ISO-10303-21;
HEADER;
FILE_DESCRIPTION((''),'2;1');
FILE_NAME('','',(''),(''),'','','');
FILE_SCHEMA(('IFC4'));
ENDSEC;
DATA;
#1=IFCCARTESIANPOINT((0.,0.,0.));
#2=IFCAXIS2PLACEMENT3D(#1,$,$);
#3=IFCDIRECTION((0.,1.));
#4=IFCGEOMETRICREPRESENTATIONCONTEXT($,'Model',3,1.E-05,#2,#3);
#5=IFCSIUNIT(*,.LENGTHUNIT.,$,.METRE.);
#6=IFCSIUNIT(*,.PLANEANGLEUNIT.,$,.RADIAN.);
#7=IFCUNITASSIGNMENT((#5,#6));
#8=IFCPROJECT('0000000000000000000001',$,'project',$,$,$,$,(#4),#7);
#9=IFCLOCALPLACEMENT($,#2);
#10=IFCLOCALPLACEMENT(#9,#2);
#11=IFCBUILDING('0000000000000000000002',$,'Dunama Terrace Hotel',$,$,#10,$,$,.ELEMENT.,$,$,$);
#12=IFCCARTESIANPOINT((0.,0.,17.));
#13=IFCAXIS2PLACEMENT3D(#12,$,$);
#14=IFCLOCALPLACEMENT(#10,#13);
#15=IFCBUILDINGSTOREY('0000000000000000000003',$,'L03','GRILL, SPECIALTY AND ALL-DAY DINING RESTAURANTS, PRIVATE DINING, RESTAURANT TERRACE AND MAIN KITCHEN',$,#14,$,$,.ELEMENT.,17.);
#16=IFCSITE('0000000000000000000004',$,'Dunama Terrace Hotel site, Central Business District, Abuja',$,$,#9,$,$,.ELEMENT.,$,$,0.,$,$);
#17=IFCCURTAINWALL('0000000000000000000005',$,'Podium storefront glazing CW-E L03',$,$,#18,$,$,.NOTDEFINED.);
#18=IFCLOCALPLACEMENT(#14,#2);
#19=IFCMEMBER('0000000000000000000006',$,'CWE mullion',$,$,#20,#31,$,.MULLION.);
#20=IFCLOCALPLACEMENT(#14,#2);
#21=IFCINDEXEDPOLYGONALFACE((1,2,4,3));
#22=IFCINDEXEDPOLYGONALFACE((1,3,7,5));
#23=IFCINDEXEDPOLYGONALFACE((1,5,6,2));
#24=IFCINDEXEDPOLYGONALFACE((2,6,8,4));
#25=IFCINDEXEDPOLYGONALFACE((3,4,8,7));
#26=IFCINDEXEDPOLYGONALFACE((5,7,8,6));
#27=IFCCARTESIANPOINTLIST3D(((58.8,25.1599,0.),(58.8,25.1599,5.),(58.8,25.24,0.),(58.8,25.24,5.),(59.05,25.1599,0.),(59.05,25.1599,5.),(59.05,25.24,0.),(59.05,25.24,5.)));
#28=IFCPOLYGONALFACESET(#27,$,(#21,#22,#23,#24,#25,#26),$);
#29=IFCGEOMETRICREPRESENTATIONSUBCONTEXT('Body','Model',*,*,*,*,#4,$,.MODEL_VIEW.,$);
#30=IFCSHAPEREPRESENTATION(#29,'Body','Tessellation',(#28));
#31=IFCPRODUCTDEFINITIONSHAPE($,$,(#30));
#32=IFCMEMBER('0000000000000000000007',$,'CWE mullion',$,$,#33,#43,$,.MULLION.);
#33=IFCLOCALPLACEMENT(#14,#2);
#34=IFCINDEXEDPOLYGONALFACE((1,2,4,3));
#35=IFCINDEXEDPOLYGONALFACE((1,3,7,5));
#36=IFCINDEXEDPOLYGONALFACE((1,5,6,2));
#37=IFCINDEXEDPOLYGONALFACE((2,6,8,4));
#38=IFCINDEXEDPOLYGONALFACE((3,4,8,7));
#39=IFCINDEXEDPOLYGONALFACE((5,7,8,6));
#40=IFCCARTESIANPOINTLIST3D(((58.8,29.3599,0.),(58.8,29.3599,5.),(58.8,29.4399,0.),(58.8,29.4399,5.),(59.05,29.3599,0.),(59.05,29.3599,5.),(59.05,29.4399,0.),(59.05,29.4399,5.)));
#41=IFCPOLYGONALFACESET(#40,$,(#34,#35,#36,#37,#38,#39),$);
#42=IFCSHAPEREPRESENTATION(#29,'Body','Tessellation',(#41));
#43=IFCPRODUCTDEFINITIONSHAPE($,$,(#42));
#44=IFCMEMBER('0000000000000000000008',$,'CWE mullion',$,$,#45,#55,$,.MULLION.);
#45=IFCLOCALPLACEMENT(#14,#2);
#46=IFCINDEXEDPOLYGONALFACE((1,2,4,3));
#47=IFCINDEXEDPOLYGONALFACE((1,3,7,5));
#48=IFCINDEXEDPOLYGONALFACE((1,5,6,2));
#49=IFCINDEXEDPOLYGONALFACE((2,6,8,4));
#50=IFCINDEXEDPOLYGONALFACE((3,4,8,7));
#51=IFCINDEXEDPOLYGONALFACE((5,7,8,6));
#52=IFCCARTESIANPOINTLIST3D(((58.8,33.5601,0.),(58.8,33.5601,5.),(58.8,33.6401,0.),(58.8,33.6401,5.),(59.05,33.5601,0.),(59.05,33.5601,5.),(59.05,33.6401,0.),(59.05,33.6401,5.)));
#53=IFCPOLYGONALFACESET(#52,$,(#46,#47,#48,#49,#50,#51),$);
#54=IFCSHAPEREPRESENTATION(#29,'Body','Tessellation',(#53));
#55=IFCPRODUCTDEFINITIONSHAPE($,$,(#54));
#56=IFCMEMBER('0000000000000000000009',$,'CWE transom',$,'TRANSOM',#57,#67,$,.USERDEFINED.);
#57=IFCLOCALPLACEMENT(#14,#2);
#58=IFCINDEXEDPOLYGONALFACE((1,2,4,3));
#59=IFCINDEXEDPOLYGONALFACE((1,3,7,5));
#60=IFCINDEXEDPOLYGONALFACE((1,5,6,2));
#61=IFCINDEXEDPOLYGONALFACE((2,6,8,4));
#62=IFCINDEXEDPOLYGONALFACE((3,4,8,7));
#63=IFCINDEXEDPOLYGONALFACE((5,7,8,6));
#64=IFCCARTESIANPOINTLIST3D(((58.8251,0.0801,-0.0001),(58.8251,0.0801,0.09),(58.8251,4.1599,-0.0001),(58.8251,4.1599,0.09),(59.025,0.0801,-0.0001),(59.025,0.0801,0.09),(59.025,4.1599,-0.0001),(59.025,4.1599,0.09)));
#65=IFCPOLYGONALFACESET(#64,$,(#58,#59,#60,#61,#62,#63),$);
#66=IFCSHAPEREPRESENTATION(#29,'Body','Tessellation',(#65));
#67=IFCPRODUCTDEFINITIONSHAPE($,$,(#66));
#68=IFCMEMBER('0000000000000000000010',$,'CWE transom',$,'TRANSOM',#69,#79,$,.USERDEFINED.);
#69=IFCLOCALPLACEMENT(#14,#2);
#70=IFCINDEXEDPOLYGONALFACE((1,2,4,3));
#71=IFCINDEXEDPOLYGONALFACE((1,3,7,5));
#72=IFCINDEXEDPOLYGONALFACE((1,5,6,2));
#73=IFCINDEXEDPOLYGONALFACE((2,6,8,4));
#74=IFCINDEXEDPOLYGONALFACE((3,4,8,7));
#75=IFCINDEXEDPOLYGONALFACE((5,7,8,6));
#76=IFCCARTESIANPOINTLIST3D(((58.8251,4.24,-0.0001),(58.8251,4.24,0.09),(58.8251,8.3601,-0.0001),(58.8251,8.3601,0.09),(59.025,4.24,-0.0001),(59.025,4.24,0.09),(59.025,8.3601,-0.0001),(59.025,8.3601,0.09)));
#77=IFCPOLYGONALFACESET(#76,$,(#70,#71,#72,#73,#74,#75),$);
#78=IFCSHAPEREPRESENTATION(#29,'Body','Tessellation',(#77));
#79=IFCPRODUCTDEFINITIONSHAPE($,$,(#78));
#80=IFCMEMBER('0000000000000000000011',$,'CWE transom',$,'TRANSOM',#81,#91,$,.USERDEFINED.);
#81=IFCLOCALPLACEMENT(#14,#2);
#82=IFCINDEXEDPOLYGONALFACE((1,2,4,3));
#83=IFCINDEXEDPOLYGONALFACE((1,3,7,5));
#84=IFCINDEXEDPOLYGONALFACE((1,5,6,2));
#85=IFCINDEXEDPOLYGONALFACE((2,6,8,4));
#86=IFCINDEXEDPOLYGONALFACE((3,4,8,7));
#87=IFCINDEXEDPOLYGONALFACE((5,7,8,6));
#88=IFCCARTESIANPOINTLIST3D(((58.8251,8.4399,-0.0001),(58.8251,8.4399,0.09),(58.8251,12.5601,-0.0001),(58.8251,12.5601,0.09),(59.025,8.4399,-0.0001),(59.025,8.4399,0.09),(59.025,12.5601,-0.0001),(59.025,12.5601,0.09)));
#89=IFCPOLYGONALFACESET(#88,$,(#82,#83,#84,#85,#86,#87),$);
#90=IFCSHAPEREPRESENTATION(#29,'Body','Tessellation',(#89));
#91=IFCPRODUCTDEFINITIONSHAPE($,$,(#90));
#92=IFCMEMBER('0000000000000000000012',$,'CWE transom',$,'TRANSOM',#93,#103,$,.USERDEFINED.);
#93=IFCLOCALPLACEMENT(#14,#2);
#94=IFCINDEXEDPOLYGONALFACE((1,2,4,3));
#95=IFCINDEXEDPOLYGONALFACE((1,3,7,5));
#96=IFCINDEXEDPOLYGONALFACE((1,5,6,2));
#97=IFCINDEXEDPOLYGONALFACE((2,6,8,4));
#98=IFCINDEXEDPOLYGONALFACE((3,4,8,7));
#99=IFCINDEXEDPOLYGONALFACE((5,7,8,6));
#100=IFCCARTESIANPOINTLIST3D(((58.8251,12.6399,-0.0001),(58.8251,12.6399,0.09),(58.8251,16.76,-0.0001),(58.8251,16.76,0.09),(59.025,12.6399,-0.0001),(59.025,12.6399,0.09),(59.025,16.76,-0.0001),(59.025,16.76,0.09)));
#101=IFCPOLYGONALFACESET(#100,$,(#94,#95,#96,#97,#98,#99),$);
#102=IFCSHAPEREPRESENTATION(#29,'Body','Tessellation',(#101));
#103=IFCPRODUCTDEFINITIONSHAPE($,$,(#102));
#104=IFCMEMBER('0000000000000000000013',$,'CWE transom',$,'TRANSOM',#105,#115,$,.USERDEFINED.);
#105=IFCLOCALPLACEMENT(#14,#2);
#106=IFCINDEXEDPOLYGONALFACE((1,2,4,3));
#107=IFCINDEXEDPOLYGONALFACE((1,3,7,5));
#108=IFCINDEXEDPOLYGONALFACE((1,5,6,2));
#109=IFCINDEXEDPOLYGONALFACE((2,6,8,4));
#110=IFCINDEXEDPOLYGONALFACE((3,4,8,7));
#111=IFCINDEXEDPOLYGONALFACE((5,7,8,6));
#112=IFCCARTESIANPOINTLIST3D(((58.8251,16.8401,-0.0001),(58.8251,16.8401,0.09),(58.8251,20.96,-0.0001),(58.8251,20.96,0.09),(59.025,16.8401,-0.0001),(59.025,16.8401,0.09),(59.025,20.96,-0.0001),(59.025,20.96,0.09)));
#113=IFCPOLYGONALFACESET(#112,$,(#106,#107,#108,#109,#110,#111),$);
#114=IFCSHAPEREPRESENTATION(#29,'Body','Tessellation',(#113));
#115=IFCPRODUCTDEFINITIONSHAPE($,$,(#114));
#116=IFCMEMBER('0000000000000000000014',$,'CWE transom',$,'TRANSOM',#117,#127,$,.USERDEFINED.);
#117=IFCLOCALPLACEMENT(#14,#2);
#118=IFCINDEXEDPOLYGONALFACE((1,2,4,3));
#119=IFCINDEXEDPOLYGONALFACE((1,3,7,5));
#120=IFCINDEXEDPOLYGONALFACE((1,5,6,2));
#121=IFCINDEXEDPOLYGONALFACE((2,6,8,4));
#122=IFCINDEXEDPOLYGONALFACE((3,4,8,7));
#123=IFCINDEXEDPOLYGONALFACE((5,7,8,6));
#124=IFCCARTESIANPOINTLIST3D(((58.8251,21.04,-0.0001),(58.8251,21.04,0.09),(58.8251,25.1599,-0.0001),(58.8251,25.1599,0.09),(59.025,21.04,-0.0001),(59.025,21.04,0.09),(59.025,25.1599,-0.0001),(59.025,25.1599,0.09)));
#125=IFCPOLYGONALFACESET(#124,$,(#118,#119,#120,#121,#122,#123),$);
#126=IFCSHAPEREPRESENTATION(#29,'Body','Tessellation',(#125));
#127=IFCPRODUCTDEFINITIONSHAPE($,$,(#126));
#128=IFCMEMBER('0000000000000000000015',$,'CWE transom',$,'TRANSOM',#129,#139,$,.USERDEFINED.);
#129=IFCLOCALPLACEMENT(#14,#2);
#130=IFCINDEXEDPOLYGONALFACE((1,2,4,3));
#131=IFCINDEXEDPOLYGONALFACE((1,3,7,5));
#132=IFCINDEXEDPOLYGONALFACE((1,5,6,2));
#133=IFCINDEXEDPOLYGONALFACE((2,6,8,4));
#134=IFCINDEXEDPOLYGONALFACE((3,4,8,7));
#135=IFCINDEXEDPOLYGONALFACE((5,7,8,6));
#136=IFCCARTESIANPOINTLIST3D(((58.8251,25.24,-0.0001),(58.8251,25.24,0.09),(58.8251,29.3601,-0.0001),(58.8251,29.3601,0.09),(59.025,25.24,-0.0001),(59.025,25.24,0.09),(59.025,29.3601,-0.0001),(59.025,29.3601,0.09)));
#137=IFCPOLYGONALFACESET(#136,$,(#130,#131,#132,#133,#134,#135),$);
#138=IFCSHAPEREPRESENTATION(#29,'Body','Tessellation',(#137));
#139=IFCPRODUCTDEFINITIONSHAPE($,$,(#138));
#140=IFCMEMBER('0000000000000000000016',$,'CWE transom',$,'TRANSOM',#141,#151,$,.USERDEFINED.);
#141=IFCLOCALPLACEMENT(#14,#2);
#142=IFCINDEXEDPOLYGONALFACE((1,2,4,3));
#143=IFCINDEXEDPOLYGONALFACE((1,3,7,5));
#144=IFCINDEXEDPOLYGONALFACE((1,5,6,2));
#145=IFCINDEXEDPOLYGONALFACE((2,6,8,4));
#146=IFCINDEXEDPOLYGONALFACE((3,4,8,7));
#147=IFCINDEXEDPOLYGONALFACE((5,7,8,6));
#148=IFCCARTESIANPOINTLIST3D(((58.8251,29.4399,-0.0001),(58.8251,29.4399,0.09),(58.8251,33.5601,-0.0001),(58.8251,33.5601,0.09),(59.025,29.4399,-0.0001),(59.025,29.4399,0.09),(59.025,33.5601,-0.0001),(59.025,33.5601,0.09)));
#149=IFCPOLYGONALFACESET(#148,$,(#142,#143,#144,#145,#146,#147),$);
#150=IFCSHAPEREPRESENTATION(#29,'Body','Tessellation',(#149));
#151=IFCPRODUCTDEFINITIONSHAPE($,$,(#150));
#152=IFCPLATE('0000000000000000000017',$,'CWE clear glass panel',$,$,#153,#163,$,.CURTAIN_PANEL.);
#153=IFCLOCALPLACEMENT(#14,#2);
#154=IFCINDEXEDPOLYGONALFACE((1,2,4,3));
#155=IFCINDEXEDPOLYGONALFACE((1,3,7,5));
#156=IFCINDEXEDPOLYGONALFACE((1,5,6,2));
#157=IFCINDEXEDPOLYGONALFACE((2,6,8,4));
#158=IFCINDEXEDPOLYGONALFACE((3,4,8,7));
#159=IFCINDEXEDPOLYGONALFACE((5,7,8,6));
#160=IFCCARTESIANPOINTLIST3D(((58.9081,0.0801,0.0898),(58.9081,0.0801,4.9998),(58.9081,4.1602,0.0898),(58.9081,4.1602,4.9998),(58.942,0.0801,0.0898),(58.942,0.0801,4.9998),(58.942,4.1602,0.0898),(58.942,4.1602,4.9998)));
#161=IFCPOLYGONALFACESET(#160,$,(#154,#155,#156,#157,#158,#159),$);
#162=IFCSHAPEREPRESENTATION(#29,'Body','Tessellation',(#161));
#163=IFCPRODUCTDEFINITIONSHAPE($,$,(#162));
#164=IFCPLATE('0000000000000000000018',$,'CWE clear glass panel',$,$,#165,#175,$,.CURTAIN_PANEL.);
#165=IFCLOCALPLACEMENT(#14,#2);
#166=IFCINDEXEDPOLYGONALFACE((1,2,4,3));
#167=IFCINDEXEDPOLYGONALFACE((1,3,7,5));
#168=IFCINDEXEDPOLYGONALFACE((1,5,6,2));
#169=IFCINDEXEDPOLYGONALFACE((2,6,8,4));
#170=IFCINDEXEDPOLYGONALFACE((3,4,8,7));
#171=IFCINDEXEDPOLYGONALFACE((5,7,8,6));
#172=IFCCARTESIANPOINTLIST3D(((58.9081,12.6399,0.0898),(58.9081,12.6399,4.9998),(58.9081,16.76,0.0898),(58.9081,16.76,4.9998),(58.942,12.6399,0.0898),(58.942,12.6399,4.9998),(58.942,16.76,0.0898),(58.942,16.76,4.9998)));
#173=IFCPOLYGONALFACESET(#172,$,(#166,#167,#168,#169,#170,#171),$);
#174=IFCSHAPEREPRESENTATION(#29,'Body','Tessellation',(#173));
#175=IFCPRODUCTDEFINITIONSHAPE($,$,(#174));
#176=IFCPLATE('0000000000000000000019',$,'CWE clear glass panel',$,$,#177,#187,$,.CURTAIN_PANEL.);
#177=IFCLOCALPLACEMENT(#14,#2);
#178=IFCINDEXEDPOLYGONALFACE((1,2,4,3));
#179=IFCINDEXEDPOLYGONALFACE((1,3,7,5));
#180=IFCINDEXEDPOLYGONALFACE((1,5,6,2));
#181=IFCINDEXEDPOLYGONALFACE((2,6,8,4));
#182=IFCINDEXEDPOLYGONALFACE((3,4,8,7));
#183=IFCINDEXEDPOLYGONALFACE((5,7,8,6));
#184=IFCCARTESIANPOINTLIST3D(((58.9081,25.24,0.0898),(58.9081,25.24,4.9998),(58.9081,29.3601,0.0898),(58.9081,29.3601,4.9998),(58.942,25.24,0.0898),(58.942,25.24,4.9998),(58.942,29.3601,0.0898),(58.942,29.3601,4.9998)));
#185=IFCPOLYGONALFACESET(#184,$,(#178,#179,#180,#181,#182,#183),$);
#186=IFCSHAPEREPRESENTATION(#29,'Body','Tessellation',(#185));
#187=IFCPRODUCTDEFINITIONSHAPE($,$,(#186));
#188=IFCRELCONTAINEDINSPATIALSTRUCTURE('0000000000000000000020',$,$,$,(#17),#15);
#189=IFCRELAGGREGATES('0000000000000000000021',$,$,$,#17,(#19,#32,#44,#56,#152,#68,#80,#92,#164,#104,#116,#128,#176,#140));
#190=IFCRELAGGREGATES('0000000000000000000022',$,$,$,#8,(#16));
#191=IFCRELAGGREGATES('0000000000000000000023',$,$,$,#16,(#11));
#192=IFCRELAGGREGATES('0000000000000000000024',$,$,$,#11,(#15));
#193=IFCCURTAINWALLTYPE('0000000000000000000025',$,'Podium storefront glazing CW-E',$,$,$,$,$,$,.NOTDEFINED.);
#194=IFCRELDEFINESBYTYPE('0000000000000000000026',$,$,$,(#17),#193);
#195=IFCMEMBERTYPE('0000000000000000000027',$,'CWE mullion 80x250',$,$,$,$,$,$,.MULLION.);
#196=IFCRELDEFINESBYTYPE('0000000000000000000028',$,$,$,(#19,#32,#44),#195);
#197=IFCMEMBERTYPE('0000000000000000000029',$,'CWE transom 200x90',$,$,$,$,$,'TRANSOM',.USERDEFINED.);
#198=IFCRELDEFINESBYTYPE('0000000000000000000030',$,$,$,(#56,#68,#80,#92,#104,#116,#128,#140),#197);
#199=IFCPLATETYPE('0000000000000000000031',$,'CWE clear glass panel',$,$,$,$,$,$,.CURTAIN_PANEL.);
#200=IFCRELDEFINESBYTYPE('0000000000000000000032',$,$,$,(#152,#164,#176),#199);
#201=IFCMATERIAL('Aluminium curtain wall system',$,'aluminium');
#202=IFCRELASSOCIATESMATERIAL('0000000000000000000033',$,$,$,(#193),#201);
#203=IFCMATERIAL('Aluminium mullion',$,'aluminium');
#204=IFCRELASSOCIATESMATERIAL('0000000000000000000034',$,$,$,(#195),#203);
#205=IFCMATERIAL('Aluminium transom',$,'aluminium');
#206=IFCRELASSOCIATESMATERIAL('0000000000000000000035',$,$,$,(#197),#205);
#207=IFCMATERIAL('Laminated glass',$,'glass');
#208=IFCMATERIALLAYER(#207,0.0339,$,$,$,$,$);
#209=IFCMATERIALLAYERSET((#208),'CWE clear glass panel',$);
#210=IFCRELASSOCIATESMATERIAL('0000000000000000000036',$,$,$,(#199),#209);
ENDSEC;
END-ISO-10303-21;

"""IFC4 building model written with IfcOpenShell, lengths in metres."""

from ifc_helpers import new_model, si_unit, direction, frame, origin, origin_2d, place, context, subcontext, project, spatial, rectangle, extrude, material, layer, layer_set, material_profile, profile_set, type_object, element, aggregate, save


model = new_model("IFC4")

# Units and contexts
model_context = context("Model", 3, precision=1e-05, world=origin(), true_north=direction((0.0, 1.0)))
body_context = subcontext(model_context, "Body", "Model", "MODEL_VIEW")
ifc_project = project(units=[si_unit("LENGTHUNIT", "METRE"), si_unit("PLANEANGLEUNIT", "RADIAN")], contexts=[model_context])

# Site, building, storey
site_placement = place(None, origin())
site = spatial("IfcSite", under=ifc_project, at=site_placement, Name="Dunama Terrace Hotel site, Central Business District, Abuja", CompositionType="ELEMENT", RefElevation=0.0)
building_placement = place(site_placement, origin())
building = spatial("IfcBuilding", under=site, at=building_placement, Name="Dunama Terrace Hotel", CompositionType="ELEMENT")
storey_placement = place(building_placement, frame((0.0, 0.0, 17.0)))
storey = spatial("IfcBuildingStorey", under=building, at=storey_placement, Name="L03", Description="GRILL, SPECIALTY AND ALL-DAY DINING RESTAURANTS, PRIVATE DINING, RESTAURANT TERRACE AND MAIN KITCHEN", CompositionType="ELEMENT", Elevation=17.0)

# Curtain wall, members, plates
ifc_material_1 = material(Name="Aluminium curtain wall system", Category="aluminium")
curtain_wall_type = type_object("IfcCurtainWallType", Name="Podium storefront glazing CW-E", PredefinedType="NOTDEFINED", material=ifc_material_1)
curtain_wall_placement = place(storey_placement, origin())
curtain_wall = element("IfcCurtainWall", 1, at=curtain_wall_placement, inside=storey, type_object=curtain_wall_type, Name="Podium storefront glazing CW-E L03", PredefinedType="NOTDEFINED")
ifc_material_2 = material(Name="Aluminium mullion", Category="aluminium")
ifc_material_profile_1 = material_profile(ifc_material_2, rectangle(XDim=0.0801, YDim=0.25, at=origin_2d()), Name="CWE MULLION 80X250")
ifc_profile_set_1 = profile_set([ifc_material_profile_1], Name="Aluminium mullion")
member_type_1 = type_object("IfcMemberType", Name="CWE mullion 80x250", PredefinedType="MULLION", material=ifc_profile_set_1)
member_1_placement = place(storey_placement, frame((58.925, 25.2, 0.0), z_axis=(0.0, 0.0, 1.0), x_axis=(0.0, 1.0, 0.0)))
member_1 = element("IfcMember", 2, at=member_1_placement, type_object=member_type_1, Name="CWE mullion", PredefinedType="MULLION", context=body_context, shape_type="SweptSolid", body=[
    extrude(rectangle(XDim=0.0801, YDim=0.25, at=origin_2d()), origin(), (0.0, 0.0, 1.0), 5.0),
])
member_2_placement = place(storey_placement, frame((58.925, 29.3999, 0.0), z_axis=(0.0, 0.0, 1.0), x_axis=(0.0, 1.0, 0.0)))
member_2 = element("IfcMember", 3, at=member_2_placement, type_object=member_type_1, Name="CWE mullion", PredefinedType="MULLION", context=body_context, shape_type="SweptSolid", body=[
    extrude(rectangle(XDim=0.0801, YDim=0.25, at=origin_2d()), origin(), (0.0, 0.0, 1.0), 5.0),
])
member_3_placement = place(storey_placement, frame((58.925, 33.6001, 0.0), z_axis=(0.0, 0.0, 1.0), x_axis=(0.0, 1.0, 0.0)))
member_3 = element("IfcMember", 4, at=member_3_placement, type_object=member_type_1, Name="CWE mullion", PredefinedType="MULLION", context=body_context, shape_type="SweptSolid", body=[
    extrude(rectangle(XDim=0.0801, YDim=0.25, at=origin_2d()), origin(), (0.0, 0.0, 1.0), 5.0),
])
ifc_material_3 = material(Name="Aluminium transom", Category="aluminium")
ifc_material_profile_2 = material_profile(ifc_material_3, rectangle(XDim=0.2, YDim=0.0901, at=origin_2d()), Name="CWE TRANSOM 200X90")
ifc_profile_set_2 = profile_set([ifc_material_profile_2], Name="Aluminium transom")
member_type_2 = type_object("IfcMemberType", Name="CWE transom 200x90", ElementType="TRANSOM", PredefinedType="USERDEFINED", material=ifc_profile_set_2)
member_4_placement = place(storey_placement, frame((58.925, 0.0801, 0.0449), z_axis=(0.0, 1.0, 0.0), x_axis=(-1.0, 0.0, 0.0)))
member_4 = element("IfcMember", 5, at=member_4_placement, type_object=member_type_2, Name="CWE transom", ObjectType="TRANSOM", PredefinedType="USERDEFINED", context=body_context, shape_type="SweptSolid", body=[
    extrude(rectangle(XDim=0.2, YDim=0.0901, at=origin_2d()), origin(), (0.0, 0.0, 1.0), 4.0798),
])
member_5_placement = place(storey_placement, frame((58.925, 4.24, 0.0449), z_axis=(0.0, 1.0, 0.0), x_axis=(-1.0, 0.0, 0.0)))
member_5 = element("IfcMember", 6, at=member_5_placement, type_object=member_type_2, Name="CWE transom", ObjectType="TRANSOM", PredefinedType="USERDEFINED", context=body_context, shape_type="SweptSolid", body=[
    extrude(rectangle(XDim=0.2, YDim=0.0901, at=origin_2d()), origin(), (0.0, 0.0, 1.0), 4.1201),
])
member_6_placement = place(storey_placement, frame((58.925, 8.4399, 0.0449), z_axis=(0.0, 1.0, 0.0), x_axis=(-1.0, 0.0, 0.0)))
member_6 = element("IfcMember", 7, at=member_6_placement, type_object=member_type_2, Name="CWE transom", ObjectType="TRANSOM", PredefinedType="USERDEFINED", context=body_context, shape_type="SweptSolid", body=[
    extrude(rectangle(XDim=0.2, YDim=0.0901, at=origin_2d()), origin(), (0.0, 0.0, 1.0), 4.1201),
])
member_7_placement = place(storey_placement, frame((58.925, 12.6399, 0.0449), z_axis=(0.0, 1.0, 0.0), x_axis=(-1.0, 0.0, 0.0)))
member_7 = element("IfcMember", 8, at=member_7_placement, type_object=member_type_2, Name="CWE transom", ObjectType="TRANSOM", PredefinedType="USERDEFINED", context=body_context, shape_type="SweptSolid", body=[
    extrude(rectangle(XDim=0.2, YDim=0.0901, at=origin_2d()), origin(), (0.0, 0.0, 1.0), 4.1201),
])
member_8_placement = place(storey_placement, frame((58.925, 16.8401, 0.0449), z_axis=(0.0, 1.0, 0.0), x_axis=(-1.0, 0.0, 0.0)))
member_8 = element("IfcMember", 9, at=member_8_placement, type_object=member_type_2, Name="CWE transom", ObjectType="TRANSOM", PredefinedType="USERDEFINED", context=body_context, shape_type="SweptSolid", body=[
    extrude(rectangle(XDim=0.2, YDim=0.0901, at=origin_2d()), origin(), (0.0, 0.0, 1.0), 4.1199),
])
member_9_placement = place(storey_placement, frame((58.925, 21.04, 0.0449), z_axis=(0.0, 1.0, 0.0), x_axis=(-1.0, 0.0, 0.0)))
member_9 = element("IfcMember", 10, at=member_9_placement, type_object=member_type_2, Name="CWE transom", ObjectType="TRANSOM", PredefinedType="USERDEFINED", context=body_context, shape_type="SweptSolid", body=[
    extrude(rectangle(XDim=0.2, YDim=0.0901, at=origin_2d()), origin(), (0.0, 0.0, 1.0), 4.1199),
])
member_10_placement = place(storey_placement, frame((58.925, 25.24, 0.0449), z_axis=(0.0, 1.0, 0.0), x_axis=(-1.0, 0.0, 0.0)))
member_10 = element("IfcMember", 11, at=member_10_placement, type_object=member_type_2, Name="CWE transom", ObjectType="TRANSOM", PredefinedType="USERDEFINED", context=body_context, shape_type="SweptSolid", body=[
    extrude(rectangle(XDim=0.2, YDim=0.0901, at=origin_2d()), origin(), (0.0, 0.0, 1.0), 4.1201),
])
member_11_placement = place(storey_placement, frame((58.925, 29.4399, 0.0449), z_axis=(0.0, 1.0, 0.0), x_axis=(-1.0, 0.0, 0.0)))
member_11 = element("IfcMember", 12, at=member_11_placement, type_object=member_type_2, Name="CWE transom", ObjectType="TRANSOM", PredefinedType="USERDEFINED", context=body_context, shape_type="SweptSolid", body=[
    extrude(rectangle(XDim=0.2, YDim=0.0901, at=origin_2d()), origin(), (0.0, 0.0, 1.0), 4.1201),
])
ifc_material_4 = material(Name="Laminated glass", Category="glass")
ifc_layer_1 = layer(ifc_material_4, 0.0339)
ifc_layer_set_1 = layer_set([ifc_layer_1], Name="CWE clear glass panel")
plate_type_1 = type_object("IfcPlateType", Name="CWE clear glass panel", PredefinedType="CURTAIN_PANEL", material=ifc_layer_set_1)
plate_1_placement = place(storey_placement, frame((58.925, 2.1201, 0.0898), z_axis=(0.0, 0.0, 1.0), x_axis=(0.0, 1.0, 0.0)))
plate_1 = element("IfcPlate", 13, at=plate_1_placement, type_object=plate_type_1, Name="CWE clear glass panel", PredefinedType="CURTAIN_PANEL", context=body_context, shape_type="SweptSolid", body=[
    extrude(rectangle(XDim=4.0801, YDim=0.0339, at=origin_2d()), origin(), (0.0, 0.0, 1.0), 4.9099),
])
plate_2_placement = place(storey_placement, frame((58.925, 14.7, 0.0898), z_axis=(0.0, 0.0, 1.0), x_axis=(0.0, 1.0, 0.0)))
plate_2 = element("IfcPlate", 14, at=plate_2_placement, type_object=plate_type_1, Name="CWE clear glass panel", PredefinedType="CURTAIN_PANEL", context=body_context, shape_type="SweptSolid", body=[
    extrude(rectangle(XDim=4.1201, YDim=0.0339, at=origin_2d()), origin(), (0.0, 0.0, 1.0), 4.9099),
])
plate_3_placement = place(storey_placement, frame((58.925, 27.3, 0.0898), z_axis=(0.0, 0.0, 1.0), x_axis=(0.0, 1.0, 0.0)))
plate_3 = element("IfcPlate", 15, at=plate_3_placement, type_object=plate_type_1, Name="CWE clear glass panel", PredefinedType="CURTAIN_PANEL", context=body_context, shape_type="SweptSolid", body=[
    extrude(rectangle(XDim=4.1201, YDim=0.0339, at=origin_2d()), origin(), (0.0, 0.0, 1.0), 4.9099),
])
aggregate(curtain_wall, [member_1, member_2, member_3, member_4, plate_1, member_5, member_6, member_7, plate_2, member_8, member_9, member_10, plate_3, member_11])

save(model, "model.ifc")
